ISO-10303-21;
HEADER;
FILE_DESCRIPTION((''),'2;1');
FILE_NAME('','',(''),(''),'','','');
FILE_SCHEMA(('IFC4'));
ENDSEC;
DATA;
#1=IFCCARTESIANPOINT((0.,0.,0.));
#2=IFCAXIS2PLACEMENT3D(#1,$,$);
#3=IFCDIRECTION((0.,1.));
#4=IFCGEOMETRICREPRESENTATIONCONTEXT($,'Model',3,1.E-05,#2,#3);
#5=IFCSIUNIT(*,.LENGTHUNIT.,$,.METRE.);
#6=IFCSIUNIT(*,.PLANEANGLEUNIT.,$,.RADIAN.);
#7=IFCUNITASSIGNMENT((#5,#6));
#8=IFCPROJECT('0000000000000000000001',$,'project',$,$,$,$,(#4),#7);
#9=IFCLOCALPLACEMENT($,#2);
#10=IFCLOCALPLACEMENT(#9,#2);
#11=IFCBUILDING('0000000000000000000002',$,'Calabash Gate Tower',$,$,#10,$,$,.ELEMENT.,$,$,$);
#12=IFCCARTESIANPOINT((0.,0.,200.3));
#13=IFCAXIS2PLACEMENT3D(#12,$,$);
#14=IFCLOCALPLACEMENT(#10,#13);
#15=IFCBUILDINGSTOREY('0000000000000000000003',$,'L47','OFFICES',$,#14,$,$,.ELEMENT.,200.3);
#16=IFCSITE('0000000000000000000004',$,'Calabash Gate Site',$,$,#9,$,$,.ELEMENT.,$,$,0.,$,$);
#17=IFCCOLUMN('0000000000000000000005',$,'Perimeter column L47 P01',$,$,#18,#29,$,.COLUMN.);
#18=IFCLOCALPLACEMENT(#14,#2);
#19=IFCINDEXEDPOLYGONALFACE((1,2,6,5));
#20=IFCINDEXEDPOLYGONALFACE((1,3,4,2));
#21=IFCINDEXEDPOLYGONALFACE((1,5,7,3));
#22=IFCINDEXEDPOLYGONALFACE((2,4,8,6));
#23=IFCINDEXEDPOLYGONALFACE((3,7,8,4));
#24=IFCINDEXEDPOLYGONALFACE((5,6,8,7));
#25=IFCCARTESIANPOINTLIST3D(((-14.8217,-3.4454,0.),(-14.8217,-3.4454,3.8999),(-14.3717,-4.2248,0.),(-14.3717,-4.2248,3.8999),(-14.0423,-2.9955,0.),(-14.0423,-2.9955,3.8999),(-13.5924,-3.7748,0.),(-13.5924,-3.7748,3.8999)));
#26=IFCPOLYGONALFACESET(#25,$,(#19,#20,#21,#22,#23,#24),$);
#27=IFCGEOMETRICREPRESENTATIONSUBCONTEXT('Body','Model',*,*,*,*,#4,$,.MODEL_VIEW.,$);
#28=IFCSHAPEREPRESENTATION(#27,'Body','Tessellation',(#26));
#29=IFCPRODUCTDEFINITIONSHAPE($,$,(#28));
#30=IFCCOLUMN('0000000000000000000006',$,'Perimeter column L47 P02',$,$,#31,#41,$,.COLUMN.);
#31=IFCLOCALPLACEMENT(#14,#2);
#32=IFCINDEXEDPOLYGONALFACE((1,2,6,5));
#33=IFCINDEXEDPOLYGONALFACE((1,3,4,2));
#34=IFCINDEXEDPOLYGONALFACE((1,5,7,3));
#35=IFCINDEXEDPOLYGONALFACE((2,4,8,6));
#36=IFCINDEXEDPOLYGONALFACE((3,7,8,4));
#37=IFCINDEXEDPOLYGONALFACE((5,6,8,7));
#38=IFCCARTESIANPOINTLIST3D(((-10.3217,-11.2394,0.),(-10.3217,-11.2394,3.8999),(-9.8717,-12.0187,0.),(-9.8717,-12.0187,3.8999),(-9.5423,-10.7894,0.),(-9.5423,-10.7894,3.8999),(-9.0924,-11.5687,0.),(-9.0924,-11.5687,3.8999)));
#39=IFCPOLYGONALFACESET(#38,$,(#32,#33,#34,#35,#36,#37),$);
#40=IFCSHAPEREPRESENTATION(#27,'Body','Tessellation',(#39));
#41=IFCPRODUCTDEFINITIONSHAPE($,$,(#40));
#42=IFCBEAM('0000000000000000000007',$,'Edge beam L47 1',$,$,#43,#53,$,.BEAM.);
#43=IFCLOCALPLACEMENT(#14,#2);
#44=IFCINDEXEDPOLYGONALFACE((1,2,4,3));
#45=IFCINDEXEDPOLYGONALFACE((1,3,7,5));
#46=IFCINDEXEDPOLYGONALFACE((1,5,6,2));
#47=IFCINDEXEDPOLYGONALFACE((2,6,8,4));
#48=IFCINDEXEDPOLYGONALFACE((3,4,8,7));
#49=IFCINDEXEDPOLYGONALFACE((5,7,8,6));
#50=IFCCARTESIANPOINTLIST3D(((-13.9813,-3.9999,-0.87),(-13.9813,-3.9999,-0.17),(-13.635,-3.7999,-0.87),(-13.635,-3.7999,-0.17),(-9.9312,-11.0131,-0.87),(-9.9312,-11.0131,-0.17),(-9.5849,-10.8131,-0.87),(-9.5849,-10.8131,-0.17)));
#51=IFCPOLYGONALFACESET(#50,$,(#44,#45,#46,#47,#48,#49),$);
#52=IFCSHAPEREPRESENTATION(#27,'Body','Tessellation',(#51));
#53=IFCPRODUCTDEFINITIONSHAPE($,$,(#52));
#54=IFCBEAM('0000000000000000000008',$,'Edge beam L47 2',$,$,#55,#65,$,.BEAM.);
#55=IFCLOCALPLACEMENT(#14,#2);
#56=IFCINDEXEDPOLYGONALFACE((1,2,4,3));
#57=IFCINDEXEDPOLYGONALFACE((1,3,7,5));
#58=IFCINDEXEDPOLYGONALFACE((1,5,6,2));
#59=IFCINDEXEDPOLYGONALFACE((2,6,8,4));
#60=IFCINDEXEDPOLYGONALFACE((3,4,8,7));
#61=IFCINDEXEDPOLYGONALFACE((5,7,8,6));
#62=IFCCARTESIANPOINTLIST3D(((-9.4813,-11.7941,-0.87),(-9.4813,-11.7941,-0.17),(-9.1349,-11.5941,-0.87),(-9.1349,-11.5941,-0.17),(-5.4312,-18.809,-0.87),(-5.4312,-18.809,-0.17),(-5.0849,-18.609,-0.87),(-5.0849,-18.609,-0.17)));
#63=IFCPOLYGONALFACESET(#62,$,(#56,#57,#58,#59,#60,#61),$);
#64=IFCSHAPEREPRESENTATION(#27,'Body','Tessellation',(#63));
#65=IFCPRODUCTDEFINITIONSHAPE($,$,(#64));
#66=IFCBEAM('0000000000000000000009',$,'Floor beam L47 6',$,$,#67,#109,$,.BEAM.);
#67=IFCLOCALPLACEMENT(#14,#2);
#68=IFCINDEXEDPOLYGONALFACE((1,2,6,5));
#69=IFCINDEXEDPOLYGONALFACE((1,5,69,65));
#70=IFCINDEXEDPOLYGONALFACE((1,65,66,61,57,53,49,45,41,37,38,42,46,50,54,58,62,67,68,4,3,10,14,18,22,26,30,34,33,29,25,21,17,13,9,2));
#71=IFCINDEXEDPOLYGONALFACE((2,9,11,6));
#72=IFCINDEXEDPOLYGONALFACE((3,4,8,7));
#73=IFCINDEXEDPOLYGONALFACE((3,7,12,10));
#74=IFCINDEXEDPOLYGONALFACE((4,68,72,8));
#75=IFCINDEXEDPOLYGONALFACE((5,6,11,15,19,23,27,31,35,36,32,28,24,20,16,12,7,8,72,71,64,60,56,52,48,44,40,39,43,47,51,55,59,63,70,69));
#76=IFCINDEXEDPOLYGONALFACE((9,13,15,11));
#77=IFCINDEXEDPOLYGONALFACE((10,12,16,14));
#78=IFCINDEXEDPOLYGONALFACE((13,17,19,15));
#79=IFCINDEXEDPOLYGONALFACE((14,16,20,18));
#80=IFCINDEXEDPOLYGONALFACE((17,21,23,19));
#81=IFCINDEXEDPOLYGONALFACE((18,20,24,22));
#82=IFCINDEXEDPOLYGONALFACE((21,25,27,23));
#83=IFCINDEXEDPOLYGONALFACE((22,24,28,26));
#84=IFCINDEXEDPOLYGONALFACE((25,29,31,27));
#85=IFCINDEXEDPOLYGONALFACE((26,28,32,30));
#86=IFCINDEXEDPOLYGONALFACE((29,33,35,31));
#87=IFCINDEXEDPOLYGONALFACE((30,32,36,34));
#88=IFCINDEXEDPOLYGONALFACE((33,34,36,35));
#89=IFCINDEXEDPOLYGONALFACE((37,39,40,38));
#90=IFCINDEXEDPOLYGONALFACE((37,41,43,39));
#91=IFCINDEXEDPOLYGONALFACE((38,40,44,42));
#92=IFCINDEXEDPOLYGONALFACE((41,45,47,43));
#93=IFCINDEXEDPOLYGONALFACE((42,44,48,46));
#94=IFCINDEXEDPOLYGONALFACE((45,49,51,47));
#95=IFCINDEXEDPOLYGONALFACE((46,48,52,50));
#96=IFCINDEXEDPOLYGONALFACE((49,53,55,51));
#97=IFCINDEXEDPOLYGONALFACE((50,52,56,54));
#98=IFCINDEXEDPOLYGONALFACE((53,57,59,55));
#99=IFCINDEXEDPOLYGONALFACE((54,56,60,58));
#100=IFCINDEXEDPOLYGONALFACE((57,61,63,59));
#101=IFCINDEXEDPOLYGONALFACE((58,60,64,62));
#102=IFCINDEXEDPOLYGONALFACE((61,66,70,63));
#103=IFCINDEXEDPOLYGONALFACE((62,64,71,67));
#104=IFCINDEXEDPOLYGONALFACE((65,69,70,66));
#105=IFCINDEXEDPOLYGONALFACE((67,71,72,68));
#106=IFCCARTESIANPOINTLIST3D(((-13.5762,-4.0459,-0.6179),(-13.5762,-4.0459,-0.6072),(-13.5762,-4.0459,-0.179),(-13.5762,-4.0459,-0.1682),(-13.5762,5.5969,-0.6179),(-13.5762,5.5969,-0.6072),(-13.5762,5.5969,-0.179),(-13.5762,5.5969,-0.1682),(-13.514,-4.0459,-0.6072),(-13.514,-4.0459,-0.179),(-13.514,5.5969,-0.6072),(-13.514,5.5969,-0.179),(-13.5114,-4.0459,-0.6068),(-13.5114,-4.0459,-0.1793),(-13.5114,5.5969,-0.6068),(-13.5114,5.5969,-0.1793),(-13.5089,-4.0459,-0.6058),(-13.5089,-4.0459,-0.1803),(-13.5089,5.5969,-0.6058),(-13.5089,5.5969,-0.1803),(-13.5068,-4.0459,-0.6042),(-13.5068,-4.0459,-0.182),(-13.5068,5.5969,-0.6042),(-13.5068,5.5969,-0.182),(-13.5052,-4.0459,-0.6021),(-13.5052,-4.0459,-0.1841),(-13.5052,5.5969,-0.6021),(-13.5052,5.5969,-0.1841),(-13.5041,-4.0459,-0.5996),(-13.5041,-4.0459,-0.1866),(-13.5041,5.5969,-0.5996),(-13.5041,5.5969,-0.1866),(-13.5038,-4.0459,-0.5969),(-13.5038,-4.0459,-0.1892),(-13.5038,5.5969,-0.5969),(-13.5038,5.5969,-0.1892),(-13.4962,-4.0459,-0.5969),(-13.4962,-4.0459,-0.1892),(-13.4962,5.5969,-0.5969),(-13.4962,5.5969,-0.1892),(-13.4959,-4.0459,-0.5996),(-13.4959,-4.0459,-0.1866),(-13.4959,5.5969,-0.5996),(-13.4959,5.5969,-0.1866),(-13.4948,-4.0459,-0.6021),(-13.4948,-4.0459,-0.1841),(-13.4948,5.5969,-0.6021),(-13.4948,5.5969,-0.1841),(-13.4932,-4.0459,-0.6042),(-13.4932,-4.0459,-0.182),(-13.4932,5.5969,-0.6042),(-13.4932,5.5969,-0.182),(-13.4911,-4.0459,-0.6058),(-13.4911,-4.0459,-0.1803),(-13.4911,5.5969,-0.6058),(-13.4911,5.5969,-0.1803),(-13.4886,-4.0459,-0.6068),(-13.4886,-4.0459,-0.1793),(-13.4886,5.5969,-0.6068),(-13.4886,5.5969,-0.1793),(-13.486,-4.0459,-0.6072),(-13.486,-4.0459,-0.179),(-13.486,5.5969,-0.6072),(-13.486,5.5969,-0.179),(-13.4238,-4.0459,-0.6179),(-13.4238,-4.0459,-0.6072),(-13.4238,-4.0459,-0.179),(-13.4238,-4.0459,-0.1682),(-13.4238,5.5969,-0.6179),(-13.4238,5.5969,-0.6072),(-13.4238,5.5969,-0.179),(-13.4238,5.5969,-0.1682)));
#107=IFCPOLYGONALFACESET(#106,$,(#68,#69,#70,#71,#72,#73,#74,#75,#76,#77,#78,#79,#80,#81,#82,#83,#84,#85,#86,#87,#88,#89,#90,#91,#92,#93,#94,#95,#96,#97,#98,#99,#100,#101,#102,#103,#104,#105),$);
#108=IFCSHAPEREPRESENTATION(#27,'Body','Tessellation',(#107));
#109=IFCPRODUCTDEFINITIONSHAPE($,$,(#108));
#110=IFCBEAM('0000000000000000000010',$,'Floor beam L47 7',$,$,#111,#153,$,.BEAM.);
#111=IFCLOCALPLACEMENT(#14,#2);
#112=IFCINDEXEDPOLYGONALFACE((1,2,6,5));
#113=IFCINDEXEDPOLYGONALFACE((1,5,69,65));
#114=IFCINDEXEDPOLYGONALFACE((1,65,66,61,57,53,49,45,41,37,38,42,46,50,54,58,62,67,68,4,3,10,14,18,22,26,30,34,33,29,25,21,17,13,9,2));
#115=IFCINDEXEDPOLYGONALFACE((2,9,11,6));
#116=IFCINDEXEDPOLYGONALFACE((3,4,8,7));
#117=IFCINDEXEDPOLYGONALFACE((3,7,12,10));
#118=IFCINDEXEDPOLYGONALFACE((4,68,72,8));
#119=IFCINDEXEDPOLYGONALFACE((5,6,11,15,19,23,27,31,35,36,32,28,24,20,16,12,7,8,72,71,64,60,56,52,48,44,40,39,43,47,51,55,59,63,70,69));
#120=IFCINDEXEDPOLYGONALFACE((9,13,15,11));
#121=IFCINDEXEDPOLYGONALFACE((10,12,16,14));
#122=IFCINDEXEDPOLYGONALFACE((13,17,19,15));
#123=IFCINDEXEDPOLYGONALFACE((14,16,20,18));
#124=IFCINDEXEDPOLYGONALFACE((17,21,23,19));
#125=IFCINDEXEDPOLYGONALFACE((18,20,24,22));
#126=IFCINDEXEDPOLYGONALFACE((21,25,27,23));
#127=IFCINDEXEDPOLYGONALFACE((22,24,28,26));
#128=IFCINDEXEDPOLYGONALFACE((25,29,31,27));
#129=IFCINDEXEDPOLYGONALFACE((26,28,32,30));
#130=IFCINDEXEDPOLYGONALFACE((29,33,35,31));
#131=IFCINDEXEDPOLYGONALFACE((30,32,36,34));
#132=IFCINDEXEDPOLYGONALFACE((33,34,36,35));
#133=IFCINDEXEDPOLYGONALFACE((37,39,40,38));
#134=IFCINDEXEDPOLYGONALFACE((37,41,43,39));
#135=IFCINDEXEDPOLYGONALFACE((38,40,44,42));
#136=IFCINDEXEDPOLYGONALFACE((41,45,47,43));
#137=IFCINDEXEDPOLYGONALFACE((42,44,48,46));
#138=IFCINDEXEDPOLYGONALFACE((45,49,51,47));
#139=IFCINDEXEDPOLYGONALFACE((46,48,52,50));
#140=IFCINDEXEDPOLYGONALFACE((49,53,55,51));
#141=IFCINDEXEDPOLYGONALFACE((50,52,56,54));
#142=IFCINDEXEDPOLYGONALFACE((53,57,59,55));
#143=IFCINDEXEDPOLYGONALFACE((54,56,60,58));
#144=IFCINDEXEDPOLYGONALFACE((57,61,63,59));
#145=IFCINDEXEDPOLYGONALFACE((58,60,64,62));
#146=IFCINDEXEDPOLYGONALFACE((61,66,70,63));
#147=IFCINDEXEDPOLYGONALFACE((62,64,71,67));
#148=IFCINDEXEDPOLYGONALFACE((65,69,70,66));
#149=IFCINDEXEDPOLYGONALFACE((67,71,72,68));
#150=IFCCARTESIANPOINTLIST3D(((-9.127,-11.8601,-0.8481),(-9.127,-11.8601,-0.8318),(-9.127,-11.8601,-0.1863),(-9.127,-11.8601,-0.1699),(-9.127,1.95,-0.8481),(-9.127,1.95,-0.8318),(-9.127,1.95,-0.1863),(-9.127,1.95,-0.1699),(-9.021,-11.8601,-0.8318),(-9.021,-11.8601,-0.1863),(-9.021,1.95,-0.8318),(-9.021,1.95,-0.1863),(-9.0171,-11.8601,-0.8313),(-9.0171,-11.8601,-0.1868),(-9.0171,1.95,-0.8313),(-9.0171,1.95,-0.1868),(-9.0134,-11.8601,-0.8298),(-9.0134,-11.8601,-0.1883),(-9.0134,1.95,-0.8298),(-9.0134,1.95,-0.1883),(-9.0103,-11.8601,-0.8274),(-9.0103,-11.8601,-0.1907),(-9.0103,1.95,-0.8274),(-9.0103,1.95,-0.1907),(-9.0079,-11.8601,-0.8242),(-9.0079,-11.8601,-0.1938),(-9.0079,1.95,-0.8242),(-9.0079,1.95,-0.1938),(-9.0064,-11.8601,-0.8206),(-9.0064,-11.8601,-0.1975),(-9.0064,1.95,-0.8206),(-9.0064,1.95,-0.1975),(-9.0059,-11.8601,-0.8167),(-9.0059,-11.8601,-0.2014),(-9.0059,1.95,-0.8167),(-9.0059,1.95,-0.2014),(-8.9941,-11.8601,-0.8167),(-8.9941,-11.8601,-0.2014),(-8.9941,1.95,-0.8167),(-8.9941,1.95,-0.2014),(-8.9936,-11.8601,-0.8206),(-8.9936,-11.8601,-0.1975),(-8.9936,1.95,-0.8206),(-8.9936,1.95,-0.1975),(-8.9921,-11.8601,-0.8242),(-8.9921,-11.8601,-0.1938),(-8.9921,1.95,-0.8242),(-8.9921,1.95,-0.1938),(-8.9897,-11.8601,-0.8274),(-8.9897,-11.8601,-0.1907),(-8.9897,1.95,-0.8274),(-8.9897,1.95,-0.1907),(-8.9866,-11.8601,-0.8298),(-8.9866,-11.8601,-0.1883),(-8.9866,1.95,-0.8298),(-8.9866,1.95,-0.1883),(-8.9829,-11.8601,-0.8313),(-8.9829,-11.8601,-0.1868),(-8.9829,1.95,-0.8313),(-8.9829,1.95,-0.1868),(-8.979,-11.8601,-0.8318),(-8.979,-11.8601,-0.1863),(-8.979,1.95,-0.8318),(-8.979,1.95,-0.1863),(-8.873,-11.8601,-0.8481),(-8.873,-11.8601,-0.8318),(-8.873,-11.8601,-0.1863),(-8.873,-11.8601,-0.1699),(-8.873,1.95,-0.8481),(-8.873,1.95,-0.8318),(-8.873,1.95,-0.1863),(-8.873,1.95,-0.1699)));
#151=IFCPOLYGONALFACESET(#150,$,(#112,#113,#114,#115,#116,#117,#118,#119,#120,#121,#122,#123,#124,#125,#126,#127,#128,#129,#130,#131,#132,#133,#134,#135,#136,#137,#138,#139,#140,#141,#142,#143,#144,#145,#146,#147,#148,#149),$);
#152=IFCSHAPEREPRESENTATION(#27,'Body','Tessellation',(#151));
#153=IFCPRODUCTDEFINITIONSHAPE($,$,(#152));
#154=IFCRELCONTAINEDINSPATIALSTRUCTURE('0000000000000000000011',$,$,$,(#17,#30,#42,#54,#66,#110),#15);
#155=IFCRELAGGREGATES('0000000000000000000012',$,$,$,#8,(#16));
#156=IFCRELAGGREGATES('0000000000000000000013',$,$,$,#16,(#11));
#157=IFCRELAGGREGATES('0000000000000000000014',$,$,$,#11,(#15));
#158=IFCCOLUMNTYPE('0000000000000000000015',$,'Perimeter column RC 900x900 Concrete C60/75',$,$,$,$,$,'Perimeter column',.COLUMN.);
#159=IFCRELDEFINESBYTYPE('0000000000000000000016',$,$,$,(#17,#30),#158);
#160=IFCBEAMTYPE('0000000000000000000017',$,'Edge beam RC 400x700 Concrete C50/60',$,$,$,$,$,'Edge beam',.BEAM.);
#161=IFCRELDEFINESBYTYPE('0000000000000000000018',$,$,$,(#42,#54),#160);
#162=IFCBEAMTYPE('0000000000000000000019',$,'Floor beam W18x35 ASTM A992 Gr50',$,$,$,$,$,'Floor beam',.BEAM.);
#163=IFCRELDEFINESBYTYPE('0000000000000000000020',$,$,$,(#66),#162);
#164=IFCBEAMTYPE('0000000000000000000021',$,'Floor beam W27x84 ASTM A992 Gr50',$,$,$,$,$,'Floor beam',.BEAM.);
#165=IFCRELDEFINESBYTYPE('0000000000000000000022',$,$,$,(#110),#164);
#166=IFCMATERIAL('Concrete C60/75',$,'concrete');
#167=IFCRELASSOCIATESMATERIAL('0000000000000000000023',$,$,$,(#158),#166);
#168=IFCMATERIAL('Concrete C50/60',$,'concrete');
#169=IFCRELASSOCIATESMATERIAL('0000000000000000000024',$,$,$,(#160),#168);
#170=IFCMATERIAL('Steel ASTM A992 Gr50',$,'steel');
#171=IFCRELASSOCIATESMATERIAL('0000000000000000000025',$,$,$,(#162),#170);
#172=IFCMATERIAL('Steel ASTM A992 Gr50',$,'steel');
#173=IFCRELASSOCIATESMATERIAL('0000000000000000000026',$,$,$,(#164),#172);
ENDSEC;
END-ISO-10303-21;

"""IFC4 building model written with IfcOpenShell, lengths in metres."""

from ifc_helpers import new_model, si_unit, direction, frame, origin, origin_2d, place, context, subcontext, project, spatial, rectangle, i_section, extrude, material, material_profile, profile_set, type_object, element, save


model = new_model("IFC4")

# Units and contexts
model_context = context("Model", 3, precision=1e-05, world=origin(), true_north=direction((0.0, 1.0)))
body_context = subcontext(model_context, "Body", "Model", "MODEL_VIEW")
ifc_project = project(units=[si_unit("LENGTHUNIT", "METRE"), si_unit("PLANEANGLEUNIT", "RADIAN")], contexts=[model_context])

# Site, building, storey
site_placement = place(None, origin())
site = spatial("IfcSite", under=ifc_project, at=site_placement, Name="Calabash Gate Site", CompositionType="ELEMENT", RefElevation=0.0)
building_placement = place(site_placement, origin())
building = spatial("IfcBuilding", under=site, at=building_placement, Name="Calabash Gate Tower", CompositionType="ELEMENT")
storey_placement = place(building_placement, frame((0.0, 0.0, 200.3)))
storey = spatial("IfcBuildingStorey", under=building, at=storey_placement, Name="L47", Description="OFFICES", CompositionType="ELEMENT", Elevation=200.3)

# Columns
ifc_material_1 = material(Name="Concrete C60/75", Category="concrete")
ifc_material_profile_1 = material_profile(ifc_material_1, rectangle(XDim=0.8999, YDim=0.8999, at=origin_2d()))
ifc_profile_set_1 = profile_set([ifc_material_profile_1], Name="Concrete C60/75")
column_type = type_object("IfcColumnType", Name="Perimeter column RC 900x900 Concrete C60/75", ElementType="Perimeter column", PredefinedType="COLUMN", material=ifc_profile_set_1)
for number, where, z_axis, x_axis, name in (
    (1, (-14.207, -3.6101, 0.0), (0.0, 0.0, 1.0), (0.5, -0.866025, 0.0), "Perimeter column L47 P01"),
    (2, (-9.707, -11.4041, 0.0), (0.0, 0.0, 1.0), (0.5, -0.866025, 0.0), "Perimeter column L47 P02"),
):
    element("IfcColumn", number, at=place(storey_placement, frame(where, z_axis=z_axis, x_axis=x_axis)), inside=storey, type_object=column_type, Name=name, PredefinedType="COLUMN", context=body_context, shape_type="SweptSolid", body=[
        extrude(rectangle(XDim=0.8999, YDim=0.8999, at=origin_2d()), origin(), (0.0, 0.0, 1.0), 3.8999),
    ])

# Beams
ifc_material_2 = material(Name="Concrete C50/60", Category="concrete")
ifc_material_profile_2 = material_profile(ifc_material_2, rectangle(XDim=0.3999, YDim=0.7, at=origin_2d()))
ifc_profile_set_2 = profile_set([ifc_material_profile_2], Name="Concrete C50/60")
beam_type_1 = type_object("IfcBeamType", Name="Edge beam RC 400x700 Concrete C50/60", ElementType="Edge beam", PredefinedType="BEAM", material=ifc_profile_set_2)
beam_1_placement = place(storey_placement, frame((-13.8081, -3.8999, -0.52), z_axis=(0.500091, -0.865973, 0.0), x_axis=(0.865973, 0.500091, 0.0)))
element("IfcBeam", 3, at=beam_1_placement, inside=storey, type_object=beam_type_1, Name="Edge beam L47 1", PredefinedType="BEAM", context=body_context, shape_type="SweptSolid", body=[
    extrude(rectangle(XDim=0.3999, YDim=0.7, at=origin_2d()), origin(), (0.0, 0.0, 1.0), 8.0986),
])
beam_2_placement = place(storey_placement, frame((-9.3081, -11.6941, -0.52), z_axis=(0.5, -0.866025, 0.0), x_axis=(0.866025, 0.5, 0.0)))
element("IfcBeam", 4, at=beam_2_placement, inside=storey, type_object=beam_type_1, Name="Edge beam L47 2", PredefinedType="BEAM", context=body_context, shape_type="SweptSolid", body=[
    extrude(rectangle(XDim=0.3999, YDim=0.7, at=origin_2d()), origin(), (0.0, 0.0, 1.0), 8.1001),
])
ifc_material_3 = material(Name="Steel ASTM A992 Gr50", Category="steel")
ifc_material_profile_3 = material_profile(ifc_material_3, i_section(OverallWidth=0.1523, OverallDepth=0.4497, WebThickness=0.0076, FlangeThickness=0.0107, FilletRadius=0.0103, at=origin_2d()))
ifc_profile_set_3 = profile_set([ifc_material_profile_3], Name="Steel ASTM A992 Gr50")
beam_type_2 = type_object("IfcBeamType", Name="Floor beam W18x35 ASTM A992 Gr50", ElementType="Floor beam", PredefinedType="BEAM", material=ifc_profile_set_3)
beam_3_placement = place(storey_placement, frame((-13.5, -4.0459, -0.3931), z_axis=(0.0, 1.0, 0.0), x_axis=(-1.0, 0.0, 0.0)))
element("IfcBeam", 5, at=beam_3_placement, inside=storey, type_object=beam_type_2, Name="Floor beam L47 6", PredefinedType="BEAM", context=body_context, shape_type="SweptSolid", body=[
    extrude(i_section(OverallWidth=0.1523, OverallDepth=0.4497, WebThickness=0.0076, FlangeThickness=0.0107, FilletRadius=0.0103, at=origin_2d()), origin(), (0.0, 0.0, 1.0), 9.6428),
])
ifc_material_4 = material(Name="Steel ASTM A992 Gr50", Category="steel")
ifc_material_profile_4 = material_profile(ifc_material_4, i_section(OverallWidth=0.2539, OverallDepth=0.6782, WebThickness=0.0117, FlangeThickness=0.0164, FilletRadius=0.0151, at=origin_2d()))
ifc_profile_set_4 = profile_set([ifc_material_profile_4], Name="Steel ASTM A992 Gr50")
beam_type_3 = type_object("IfcBeamType", Name="Floor beam W27x84 ASTM A992 Gr50", ElementType="Floor beam", PredefinedType="BEAM", material=ifc_profile_set_4)
beam_4_placement = place(storey_placement, frame((-9.0, -11.8601, -0.509), z_axis=(0.0, 1.0, 0.0), x_axis=(-1.0, 0.0, 0.0)))
element("IfcBeam", 6, at=beam_4_placement, inside=storey, type_object=beam_type_3, Name="Floor beam L47 7", PredefinedType="BEAM", context=body_context, shape_type="SweptSolid", body=[
    extrude(i_section(OverallWidth=0.2539, OverallDepth=0.6782, WebThickness=0.0117, FlangeThickness=0.0164, FilletRadius=0.0151, at=origin_2d()), origin(), (0.0, 0.0, 1.0), 13.8101),
])

save(model, "model.ifc")
